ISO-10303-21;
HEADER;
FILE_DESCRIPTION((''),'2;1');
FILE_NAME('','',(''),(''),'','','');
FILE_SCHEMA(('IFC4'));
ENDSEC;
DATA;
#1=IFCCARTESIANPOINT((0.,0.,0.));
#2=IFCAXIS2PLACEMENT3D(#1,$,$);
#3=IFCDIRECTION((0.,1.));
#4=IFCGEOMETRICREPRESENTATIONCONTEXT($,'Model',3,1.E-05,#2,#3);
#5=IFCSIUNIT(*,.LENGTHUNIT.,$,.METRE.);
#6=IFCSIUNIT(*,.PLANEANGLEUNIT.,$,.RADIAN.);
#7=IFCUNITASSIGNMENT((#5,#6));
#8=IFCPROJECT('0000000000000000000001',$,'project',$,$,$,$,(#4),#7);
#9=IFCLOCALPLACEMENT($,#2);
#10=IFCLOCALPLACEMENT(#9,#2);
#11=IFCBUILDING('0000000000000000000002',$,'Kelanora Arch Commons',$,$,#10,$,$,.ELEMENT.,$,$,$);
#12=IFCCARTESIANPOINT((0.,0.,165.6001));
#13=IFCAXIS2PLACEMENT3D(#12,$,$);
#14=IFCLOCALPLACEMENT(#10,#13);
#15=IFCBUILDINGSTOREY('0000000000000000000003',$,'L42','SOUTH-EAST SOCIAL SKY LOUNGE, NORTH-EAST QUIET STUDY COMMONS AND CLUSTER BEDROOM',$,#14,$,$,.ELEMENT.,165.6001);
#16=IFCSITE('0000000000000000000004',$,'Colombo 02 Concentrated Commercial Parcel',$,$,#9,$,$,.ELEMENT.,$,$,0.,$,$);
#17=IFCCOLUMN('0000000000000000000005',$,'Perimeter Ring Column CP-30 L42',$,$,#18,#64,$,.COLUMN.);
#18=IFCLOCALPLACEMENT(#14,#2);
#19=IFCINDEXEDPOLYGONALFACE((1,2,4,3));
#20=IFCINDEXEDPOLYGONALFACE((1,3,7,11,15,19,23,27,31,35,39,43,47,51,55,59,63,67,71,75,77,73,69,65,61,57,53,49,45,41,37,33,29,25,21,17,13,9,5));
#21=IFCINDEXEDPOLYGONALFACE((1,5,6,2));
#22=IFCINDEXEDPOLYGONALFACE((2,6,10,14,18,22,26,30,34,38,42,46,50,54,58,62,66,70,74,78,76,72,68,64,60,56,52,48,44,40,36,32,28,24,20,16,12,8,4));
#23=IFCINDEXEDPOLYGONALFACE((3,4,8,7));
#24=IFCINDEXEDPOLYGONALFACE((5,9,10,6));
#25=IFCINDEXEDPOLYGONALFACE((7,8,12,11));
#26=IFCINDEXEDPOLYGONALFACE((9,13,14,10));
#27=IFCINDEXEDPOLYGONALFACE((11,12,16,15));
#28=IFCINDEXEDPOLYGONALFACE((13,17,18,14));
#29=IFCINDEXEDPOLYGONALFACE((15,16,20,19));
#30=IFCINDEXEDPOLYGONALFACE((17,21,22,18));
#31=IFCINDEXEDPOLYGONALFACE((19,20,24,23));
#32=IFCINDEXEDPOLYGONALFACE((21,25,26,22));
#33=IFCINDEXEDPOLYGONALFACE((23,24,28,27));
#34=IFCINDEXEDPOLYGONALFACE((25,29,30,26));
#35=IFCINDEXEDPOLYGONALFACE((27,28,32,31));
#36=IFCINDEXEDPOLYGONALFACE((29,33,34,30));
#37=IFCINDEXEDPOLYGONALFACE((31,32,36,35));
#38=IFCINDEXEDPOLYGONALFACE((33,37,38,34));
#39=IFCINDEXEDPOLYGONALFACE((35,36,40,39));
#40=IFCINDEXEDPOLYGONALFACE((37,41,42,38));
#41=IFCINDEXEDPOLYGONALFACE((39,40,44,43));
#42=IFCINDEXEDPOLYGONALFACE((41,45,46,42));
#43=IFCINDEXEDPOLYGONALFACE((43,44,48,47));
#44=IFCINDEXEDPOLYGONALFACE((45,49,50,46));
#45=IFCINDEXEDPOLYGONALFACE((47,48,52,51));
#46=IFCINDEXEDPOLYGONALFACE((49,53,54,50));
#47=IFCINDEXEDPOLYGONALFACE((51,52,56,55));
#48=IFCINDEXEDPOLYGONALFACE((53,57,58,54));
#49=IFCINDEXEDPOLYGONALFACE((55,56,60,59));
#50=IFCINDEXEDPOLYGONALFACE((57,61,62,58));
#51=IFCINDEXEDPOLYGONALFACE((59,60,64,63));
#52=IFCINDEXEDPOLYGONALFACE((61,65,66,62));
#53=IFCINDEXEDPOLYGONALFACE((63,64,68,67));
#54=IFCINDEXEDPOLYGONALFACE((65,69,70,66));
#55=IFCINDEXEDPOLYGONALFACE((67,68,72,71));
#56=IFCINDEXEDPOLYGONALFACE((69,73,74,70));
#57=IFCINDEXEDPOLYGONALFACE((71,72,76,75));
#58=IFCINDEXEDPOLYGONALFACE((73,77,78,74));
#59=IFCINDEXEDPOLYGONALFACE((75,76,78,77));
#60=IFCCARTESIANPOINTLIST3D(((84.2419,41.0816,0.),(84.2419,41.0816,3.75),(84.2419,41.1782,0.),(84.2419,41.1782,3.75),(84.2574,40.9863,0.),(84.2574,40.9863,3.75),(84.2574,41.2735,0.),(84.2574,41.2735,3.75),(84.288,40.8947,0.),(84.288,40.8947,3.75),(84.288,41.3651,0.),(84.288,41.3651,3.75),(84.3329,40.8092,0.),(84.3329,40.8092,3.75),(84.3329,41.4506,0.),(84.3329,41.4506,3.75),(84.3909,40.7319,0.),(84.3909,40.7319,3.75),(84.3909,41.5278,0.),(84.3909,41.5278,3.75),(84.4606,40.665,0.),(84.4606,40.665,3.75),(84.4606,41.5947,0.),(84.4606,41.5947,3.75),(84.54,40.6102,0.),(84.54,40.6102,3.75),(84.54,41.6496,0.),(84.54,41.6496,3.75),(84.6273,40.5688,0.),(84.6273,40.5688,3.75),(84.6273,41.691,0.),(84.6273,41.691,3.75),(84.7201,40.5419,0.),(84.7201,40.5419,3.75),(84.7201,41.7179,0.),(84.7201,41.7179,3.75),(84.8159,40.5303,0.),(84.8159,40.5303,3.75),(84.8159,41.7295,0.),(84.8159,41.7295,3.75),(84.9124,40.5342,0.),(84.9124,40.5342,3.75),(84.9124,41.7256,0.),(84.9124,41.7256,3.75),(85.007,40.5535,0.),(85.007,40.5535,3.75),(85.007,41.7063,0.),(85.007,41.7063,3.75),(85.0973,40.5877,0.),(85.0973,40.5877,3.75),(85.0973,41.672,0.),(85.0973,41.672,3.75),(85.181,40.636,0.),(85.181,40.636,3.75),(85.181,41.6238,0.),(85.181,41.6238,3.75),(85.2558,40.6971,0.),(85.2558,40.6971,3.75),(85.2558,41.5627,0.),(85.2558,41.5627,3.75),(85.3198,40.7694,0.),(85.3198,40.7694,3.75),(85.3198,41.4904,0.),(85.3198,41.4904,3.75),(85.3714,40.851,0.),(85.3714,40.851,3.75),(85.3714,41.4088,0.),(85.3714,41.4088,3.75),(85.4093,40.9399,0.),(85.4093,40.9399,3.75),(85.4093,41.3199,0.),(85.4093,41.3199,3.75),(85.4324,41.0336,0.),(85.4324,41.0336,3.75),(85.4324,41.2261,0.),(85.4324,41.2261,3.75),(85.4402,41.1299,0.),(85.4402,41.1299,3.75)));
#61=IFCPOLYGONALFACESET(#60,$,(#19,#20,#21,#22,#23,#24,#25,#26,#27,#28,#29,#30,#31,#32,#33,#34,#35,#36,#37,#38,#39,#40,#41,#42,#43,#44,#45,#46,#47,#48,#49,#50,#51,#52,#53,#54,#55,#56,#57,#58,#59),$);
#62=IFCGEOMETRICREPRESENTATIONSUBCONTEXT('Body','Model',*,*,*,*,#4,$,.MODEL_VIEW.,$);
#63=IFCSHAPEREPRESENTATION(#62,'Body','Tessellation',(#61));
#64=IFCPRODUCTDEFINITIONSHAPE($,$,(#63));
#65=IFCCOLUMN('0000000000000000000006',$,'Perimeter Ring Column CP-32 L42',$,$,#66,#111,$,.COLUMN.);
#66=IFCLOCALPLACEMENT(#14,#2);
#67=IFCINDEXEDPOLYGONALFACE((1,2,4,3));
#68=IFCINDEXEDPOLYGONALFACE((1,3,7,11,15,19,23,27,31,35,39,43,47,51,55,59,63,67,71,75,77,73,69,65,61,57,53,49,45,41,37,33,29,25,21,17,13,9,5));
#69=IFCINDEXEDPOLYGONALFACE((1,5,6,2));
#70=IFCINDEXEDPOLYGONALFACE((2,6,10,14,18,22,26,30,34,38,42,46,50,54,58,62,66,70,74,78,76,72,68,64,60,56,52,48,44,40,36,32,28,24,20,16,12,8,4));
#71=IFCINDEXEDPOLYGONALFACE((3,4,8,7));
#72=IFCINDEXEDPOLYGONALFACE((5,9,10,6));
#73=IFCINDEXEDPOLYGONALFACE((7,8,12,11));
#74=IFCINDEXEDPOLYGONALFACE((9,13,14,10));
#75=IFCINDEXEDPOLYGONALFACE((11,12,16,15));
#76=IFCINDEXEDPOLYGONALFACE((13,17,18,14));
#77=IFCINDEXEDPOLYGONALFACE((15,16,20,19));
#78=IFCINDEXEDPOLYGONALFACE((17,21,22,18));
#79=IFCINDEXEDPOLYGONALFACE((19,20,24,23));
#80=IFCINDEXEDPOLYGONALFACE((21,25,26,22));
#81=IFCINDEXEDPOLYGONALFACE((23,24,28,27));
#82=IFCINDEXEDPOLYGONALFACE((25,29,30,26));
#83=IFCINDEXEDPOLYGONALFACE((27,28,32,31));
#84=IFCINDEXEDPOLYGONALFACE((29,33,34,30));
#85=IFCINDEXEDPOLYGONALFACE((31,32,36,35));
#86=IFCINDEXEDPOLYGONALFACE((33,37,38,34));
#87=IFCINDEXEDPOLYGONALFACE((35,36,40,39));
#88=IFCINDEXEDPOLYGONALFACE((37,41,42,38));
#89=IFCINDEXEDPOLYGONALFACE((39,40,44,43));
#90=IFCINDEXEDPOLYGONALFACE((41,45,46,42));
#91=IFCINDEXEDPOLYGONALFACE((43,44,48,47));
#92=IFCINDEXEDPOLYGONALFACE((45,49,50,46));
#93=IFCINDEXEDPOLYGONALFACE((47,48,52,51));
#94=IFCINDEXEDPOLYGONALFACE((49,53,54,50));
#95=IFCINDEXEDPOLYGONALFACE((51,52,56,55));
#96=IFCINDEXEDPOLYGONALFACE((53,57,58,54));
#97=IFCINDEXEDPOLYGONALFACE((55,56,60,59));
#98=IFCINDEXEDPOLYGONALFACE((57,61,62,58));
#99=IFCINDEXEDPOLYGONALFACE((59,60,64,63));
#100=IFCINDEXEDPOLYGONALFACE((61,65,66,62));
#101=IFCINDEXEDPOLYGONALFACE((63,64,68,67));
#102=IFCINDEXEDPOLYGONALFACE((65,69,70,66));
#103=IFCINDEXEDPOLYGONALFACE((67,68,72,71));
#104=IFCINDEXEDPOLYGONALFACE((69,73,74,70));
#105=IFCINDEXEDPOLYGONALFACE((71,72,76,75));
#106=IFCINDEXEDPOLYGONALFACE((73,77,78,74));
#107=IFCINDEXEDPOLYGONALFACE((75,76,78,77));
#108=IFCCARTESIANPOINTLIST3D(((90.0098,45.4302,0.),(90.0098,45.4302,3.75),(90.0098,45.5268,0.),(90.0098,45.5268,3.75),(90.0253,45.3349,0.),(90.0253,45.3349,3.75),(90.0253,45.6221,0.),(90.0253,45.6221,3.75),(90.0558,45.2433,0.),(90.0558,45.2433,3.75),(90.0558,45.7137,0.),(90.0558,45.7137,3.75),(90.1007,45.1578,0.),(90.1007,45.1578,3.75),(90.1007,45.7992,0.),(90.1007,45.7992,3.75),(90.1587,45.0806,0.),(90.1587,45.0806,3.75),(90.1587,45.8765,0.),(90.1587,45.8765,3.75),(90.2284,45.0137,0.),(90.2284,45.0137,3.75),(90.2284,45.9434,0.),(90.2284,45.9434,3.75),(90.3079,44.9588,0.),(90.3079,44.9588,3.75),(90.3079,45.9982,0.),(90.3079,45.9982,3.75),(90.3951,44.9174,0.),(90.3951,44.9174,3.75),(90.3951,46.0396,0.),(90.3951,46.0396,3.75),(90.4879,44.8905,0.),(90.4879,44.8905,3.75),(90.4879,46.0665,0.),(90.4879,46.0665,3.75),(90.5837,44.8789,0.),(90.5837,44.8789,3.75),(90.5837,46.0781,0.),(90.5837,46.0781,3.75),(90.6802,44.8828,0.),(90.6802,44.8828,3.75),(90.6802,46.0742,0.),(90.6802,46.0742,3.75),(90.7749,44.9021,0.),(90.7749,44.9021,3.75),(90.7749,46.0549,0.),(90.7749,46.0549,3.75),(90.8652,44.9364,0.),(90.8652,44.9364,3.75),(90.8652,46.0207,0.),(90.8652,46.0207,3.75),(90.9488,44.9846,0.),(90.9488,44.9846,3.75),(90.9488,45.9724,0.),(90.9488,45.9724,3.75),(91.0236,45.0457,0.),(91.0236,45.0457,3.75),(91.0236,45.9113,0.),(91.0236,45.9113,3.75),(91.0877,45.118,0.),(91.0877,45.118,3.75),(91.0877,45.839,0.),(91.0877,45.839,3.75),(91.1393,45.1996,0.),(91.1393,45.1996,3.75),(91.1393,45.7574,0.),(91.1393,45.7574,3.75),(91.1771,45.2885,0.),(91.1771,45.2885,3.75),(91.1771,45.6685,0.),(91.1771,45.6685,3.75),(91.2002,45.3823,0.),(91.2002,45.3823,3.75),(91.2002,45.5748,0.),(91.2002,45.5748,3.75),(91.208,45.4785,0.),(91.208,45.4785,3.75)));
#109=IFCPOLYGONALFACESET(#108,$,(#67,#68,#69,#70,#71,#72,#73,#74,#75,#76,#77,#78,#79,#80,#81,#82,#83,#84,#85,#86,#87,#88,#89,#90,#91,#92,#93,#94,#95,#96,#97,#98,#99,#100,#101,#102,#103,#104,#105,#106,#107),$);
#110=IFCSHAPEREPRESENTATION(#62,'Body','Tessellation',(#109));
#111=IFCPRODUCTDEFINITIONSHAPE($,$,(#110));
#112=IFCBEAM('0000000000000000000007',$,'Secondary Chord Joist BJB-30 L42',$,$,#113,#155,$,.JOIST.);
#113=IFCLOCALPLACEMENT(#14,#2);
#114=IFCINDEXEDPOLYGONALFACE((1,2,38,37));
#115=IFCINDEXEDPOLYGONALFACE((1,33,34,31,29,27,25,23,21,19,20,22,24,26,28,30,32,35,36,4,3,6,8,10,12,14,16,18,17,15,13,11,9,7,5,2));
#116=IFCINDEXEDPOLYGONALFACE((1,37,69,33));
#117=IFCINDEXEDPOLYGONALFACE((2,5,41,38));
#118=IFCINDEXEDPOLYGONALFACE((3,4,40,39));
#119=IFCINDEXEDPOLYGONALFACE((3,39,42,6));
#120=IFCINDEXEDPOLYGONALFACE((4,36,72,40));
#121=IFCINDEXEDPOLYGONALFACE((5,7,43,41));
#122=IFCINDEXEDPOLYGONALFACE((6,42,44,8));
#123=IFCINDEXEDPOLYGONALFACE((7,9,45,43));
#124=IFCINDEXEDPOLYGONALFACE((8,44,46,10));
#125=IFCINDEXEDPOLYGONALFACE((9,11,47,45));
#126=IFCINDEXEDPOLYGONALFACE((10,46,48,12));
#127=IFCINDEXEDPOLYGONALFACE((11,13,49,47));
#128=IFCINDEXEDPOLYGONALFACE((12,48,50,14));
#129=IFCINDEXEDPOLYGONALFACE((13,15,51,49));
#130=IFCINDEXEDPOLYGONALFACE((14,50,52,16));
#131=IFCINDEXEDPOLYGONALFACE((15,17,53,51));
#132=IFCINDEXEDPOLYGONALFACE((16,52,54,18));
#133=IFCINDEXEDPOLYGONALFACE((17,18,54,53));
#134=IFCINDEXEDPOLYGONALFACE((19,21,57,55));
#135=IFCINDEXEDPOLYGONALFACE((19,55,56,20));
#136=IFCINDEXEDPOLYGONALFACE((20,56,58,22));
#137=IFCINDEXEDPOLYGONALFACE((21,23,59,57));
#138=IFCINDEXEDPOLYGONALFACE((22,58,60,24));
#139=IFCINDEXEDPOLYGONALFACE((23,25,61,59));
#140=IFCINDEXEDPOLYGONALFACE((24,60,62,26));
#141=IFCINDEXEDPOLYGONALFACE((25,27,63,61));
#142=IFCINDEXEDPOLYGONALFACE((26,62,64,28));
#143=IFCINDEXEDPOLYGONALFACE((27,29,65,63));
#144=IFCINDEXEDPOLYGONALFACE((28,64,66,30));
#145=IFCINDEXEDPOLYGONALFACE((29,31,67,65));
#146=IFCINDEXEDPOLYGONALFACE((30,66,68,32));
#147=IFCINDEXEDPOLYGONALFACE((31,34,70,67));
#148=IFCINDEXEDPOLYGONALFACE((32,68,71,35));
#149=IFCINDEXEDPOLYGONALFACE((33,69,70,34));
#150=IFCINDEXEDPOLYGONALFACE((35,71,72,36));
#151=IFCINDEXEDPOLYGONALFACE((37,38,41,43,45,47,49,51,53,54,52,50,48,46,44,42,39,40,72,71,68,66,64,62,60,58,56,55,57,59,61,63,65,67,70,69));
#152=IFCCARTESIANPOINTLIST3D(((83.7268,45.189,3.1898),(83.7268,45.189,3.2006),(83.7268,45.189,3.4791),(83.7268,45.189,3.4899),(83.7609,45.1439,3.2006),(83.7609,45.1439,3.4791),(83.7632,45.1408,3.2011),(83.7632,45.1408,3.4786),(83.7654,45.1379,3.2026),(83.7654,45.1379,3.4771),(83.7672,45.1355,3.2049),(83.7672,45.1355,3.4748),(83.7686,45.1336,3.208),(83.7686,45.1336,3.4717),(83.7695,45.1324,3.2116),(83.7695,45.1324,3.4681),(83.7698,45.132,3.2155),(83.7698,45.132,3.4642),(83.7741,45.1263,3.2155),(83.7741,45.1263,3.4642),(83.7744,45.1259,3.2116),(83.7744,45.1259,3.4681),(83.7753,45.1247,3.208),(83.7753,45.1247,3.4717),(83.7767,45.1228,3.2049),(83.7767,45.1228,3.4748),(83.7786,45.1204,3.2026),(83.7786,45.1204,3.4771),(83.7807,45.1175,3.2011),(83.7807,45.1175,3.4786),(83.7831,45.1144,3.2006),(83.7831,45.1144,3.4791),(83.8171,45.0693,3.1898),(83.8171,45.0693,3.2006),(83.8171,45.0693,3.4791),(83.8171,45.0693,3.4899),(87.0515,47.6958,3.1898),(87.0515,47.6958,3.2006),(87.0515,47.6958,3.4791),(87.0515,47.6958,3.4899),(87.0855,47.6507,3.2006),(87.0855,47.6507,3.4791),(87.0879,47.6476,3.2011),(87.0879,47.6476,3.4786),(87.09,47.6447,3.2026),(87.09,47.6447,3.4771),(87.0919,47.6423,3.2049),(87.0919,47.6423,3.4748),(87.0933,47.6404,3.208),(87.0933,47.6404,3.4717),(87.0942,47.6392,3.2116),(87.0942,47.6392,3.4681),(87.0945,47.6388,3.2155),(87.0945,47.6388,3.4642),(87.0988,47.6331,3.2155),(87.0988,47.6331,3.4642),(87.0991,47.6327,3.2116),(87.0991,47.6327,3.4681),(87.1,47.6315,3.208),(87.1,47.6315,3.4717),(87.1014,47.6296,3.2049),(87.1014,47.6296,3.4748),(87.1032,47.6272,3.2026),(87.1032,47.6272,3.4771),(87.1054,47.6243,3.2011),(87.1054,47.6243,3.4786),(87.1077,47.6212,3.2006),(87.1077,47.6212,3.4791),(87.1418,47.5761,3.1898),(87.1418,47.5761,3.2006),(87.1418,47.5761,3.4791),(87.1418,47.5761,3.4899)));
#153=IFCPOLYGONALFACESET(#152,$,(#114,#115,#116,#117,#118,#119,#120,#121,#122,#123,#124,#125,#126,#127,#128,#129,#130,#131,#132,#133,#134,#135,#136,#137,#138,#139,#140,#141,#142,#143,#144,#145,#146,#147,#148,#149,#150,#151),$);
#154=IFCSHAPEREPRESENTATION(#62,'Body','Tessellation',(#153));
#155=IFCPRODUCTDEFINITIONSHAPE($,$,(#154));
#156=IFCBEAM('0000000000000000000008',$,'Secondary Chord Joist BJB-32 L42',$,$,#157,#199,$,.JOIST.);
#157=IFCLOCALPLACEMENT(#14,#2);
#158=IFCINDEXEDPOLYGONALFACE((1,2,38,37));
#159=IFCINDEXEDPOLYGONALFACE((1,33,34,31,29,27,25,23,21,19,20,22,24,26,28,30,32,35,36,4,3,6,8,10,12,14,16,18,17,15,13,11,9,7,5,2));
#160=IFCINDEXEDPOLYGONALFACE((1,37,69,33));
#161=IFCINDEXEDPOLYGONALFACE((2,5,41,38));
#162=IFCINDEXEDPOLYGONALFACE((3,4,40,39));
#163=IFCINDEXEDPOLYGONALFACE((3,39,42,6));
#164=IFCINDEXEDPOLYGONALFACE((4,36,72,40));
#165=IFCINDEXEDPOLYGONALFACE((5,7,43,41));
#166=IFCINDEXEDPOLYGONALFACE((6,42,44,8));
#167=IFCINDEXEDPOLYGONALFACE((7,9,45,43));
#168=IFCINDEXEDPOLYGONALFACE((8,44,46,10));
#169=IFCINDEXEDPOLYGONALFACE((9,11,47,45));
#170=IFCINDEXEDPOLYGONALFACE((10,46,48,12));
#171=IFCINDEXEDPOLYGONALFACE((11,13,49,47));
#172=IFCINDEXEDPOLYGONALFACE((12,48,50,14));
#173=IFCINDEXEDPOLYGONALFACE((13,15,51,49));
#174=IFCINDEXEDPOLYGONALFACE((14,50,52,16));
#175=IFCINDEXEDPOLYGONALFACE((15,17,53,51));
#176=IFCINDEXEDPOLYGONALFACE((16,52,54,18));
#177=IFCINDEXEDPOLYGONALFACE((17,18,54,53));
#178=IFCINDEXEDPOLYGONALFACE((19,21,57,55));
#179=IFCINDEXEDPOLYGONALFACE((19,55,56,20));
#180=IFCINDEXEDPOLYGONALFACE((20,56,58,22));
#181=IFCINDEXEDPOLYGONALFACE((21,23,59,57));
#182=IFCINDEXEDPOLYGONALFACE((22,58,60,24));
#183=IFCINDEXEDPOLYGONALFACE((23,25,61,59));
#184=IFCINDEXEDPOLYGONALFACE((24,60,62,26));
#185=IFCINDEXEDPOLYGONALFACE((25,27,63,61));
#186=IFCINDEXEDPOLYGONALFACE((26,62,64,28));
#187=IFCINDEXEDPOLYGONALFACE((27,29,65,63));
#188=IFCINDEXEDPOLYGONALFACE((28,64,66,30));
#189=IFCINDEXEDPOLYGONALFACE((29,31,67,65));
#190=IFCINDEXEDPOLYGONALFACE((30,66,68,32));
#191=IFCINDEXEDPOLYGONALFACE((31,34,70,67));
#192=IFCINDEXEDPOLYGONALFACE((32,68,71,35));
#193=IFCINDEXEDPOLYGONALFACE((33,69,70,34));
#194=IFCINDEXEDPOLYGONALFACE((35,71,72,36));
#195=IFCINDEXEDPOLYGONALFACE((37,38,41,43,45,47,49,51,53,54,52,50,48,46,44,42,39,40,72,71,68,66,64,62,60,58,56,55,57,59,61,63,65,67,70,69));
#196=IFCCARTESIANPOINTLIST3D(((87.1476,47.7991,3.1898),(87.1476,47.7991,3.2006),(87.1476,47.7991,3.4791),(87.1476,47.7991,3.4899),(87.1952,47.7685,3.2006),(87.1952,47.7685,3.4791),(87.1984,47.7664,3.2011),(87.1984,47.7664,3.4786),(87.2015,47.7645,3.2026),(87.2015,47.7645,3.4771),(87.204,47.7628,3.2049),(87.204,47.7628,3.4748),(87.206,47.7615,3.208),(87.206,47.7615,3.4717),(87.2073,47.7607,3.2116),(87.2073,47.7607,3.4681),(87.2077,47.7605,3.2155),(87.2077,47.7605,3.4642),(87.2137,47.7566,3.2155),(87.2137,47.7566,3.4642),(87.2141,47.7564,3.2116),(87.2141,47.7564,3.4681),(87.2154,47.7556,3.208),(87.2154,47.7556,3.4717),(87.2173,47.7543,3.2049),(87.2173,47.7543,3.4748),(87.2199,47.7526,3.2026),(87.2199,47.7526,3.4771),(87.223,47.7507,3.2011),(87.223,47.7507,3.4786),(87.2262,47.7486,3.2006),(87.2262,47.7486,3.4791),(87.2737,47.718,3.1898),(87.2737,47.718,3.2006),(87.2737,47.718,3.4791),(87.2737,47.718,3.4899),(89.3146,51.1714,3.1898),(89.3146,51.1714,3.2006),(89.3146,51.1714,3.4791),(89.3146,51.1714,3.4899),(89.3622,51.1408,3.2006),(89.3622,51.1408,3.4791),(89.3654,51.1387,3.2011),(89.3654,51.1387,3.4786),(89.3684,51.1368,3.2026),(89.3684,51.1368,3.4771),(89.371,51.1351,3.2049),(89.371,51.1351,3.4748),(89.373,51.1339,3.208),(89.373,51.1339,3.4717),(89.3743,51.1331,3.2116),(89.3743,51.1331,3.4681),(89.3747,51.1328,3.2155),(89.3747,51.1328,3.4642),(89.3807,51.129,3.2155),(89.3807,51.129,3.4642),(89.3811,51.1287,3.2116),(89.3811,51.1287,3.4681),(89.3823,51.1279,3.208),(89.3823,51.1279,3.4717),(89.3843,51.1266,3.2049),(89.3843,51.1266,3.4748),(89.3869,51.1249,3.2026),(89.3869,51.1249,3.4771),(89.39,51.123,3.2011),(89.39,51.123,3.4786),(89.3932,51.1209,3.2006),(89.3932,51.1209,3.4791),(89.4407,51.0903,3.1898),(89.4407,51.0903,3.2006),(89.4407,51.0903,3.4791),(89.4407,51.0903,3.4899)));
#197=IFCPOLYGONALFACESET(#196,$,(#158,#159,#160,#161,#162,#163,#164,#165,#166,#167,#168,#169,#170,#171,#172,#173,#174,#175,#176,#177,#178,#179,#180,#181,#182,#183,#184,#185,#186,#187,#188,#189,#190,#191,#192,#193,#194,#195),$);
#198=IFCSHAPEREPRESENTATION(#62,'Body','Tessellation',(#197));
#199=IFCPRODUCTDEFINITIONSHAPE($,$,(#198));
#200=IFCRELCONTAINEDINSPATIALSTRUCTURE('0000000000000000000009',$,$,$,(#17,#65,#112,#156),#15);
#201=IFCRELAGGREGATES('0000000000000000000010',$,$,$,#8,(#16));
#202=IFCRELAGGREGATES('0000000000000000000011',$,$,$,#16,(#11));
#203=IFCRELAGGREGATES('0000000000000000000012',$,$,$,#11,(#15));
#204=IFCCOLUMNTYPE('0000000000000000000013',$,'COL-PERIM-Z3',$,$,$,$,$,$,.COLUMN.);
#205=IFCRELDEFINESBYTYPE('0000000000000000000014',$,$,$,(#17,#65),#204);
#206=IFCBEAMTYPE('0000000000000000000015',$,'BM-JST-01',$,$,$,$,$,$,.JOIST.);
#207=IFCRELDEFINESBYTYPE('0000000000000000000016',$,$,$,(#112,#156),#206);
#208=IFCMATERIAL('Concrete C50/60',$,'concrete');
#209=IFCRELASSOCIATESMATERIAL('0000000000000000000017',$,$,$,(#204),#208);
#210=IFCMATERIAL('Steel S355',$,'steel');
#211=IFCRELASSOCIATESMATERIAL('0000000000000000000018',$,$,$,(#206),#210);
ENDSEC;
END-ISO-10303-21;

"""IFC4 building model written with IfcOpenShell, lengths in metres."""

from ifc_helpers import new_model, si_unit, direction, frame, origin, origin_2d, place, context, subcontext, project, spatial, circle, i_section, extrude, material, material_profile, profile_set, type_object, element, save


model = new_model("IFC4")

# Units and contexts
model_context = context("Model", 3, precision=1e-05, world=origin(), true_north=direction((0.0, 1.0)))
body_context = subcontext(model_context, "Body", "Model", "MODEL_VIEW")
ifc_project = project(units=[si_unit("LENGTHUNIT", "METRE"), si_unit("PLANEANGLEUNIT", "RADIAN")], contexts=[model_context])

# Site, building, storey
site_placement = place(None, origin())
site = spatial("IfcSite", under=ifc_project, at=site_placement, Name="Colombo 02 Concentrated Commercial Parcel", CompositionType="ELEMENT", RefElevation=0.0)
building_placement = place(site_placement, origin())
building = spatial("IfcBuilding", under=site, at=building_placement, Name="Kelanora Arch Commons", CompositionType="ELEMENT")
storey_placement = place(building_placement, frame((0.0, 0.0, 165.6001)))
storey = spatial("IfcBuildingStorey", under=building, at=storey_placement, Name="L42", Description="SOUTH-EAST SOCIAL SKY LOUNGE, NORTH-EAST QUIET STUDY COMMONS AND CLUSTER BEDROOM", CompositionType="ELEMENT", Elevation=165.6001)

# Columns
ifc_material_1 = material(Name="Concrete C50/60", Category="concrete")
ifc_material_profile_1 = material_profile(ifc_material_1, circle(Radius=0.6001, at=origin_2d()), Name="RCC1200")
ifc_profile_set_1 = profile_set([ifc_material_profile_1], Name="Concrete C50/60")
column_type = type_object("IfcColumnType", Name="COL-PERIM-Z3", PredefinedType="COLUMN", material=ifc_profile_set_1)
for number, where, z_axis, x_axis, name in (
    (1, (84.8401, 41.1299, 0.0), (0.0, 0.0, 1.0), (1.0, 0.0, 0.0), "Perimeter Ring Column CP-30 L42"),
    (2, (90.6079, 45.4785, 0.0), (0.0, 0.0, 1.0), (1.0, 0.0, 0.0), "Perimeter Ring Column CP-32 L42"),
):
    element("IfcColumn", number, at=place(storey_placement, frame(where, z_axis=z_axis, x_axis=x_axis)), inside=storey, type_object=column_type, Name=name, PredefinedType="COLUMN", context=body_context, shape_type="SweptSolid", body=[
        extrude(circle(Radius=0.6001, at=origin_2d()), origin(), (0.0, 0.0, 1.0), 3.75),
    ])

# Beams
ifc_material_2 = material(Name="Steel S355", Category="steel")
ifc_material_profile_2 = material_profile(ifc_material_2, i_section(OverallWidth=0.1499, OverallDepth=0.3, WebThickness=0.0071, FlangeThickness=0.0107, FilletRadius=0.0149, at=origin_2d()), Name="IPE300")
ifc_profile_set_2 = profile_set([ifc_material_profile_2], Name="Steel S355")
beam_type_1 = type_object("IfcBeamType", Name="BM-JST-01", PredefinedType="JOIST", material=ifc_profile_set_2)
beam_1_placement = place(storey_placement, frame((83.772, 45.1292, 3.3398), z_axis=(0.798464, 0.602043, 0.0), x_axis=(-0.602043, 0.798464, 0.0)))
element("IfcBeam", 3, at=beam_1_placement, inside=storey, type_object=beam_type_1, Name="Secondary Chord Joist BJB-30 L42", PredefinedType="JOIST", context=body_context, shape_type="SweptSolid", body=[
    extrude(i_section(OverallWidth=0.1499, OverallDepth=0.3, WebThickness=0.0071, FlangeThickness=0.0107, FilletRadius=0.0149, at=origin_2d()), origin(), (0.0, 0.0, 1.0), 4.1638),
])
beam_2_placement = place(storey_placement, frame((87.2107, 47.7585, 3.3398), z_axis=(0.540594, 0.841283, 0.0), x_axis=(-0.841283, 0.540594, 0.0)))
element("IfcBeam", 4, at=beam_2_placement, inside=storey, type_object=beam_type_1, Name="Secondary Chord Joist BJB-32 L42", PredefinedType="JOIST", context=body_context, shape_type="SweptSolid", body=[
    extrude(i_section(OverallWidth=0.1499, OverallDepth=0.3, WebThickness=0.0071, FlangeThickness=0.0107, FilletRadius=0.0149, at=origin_2d()), origin(), (0.0, 0.0, 1.0), 4.0085),
])

save(model, "model.ifc")
